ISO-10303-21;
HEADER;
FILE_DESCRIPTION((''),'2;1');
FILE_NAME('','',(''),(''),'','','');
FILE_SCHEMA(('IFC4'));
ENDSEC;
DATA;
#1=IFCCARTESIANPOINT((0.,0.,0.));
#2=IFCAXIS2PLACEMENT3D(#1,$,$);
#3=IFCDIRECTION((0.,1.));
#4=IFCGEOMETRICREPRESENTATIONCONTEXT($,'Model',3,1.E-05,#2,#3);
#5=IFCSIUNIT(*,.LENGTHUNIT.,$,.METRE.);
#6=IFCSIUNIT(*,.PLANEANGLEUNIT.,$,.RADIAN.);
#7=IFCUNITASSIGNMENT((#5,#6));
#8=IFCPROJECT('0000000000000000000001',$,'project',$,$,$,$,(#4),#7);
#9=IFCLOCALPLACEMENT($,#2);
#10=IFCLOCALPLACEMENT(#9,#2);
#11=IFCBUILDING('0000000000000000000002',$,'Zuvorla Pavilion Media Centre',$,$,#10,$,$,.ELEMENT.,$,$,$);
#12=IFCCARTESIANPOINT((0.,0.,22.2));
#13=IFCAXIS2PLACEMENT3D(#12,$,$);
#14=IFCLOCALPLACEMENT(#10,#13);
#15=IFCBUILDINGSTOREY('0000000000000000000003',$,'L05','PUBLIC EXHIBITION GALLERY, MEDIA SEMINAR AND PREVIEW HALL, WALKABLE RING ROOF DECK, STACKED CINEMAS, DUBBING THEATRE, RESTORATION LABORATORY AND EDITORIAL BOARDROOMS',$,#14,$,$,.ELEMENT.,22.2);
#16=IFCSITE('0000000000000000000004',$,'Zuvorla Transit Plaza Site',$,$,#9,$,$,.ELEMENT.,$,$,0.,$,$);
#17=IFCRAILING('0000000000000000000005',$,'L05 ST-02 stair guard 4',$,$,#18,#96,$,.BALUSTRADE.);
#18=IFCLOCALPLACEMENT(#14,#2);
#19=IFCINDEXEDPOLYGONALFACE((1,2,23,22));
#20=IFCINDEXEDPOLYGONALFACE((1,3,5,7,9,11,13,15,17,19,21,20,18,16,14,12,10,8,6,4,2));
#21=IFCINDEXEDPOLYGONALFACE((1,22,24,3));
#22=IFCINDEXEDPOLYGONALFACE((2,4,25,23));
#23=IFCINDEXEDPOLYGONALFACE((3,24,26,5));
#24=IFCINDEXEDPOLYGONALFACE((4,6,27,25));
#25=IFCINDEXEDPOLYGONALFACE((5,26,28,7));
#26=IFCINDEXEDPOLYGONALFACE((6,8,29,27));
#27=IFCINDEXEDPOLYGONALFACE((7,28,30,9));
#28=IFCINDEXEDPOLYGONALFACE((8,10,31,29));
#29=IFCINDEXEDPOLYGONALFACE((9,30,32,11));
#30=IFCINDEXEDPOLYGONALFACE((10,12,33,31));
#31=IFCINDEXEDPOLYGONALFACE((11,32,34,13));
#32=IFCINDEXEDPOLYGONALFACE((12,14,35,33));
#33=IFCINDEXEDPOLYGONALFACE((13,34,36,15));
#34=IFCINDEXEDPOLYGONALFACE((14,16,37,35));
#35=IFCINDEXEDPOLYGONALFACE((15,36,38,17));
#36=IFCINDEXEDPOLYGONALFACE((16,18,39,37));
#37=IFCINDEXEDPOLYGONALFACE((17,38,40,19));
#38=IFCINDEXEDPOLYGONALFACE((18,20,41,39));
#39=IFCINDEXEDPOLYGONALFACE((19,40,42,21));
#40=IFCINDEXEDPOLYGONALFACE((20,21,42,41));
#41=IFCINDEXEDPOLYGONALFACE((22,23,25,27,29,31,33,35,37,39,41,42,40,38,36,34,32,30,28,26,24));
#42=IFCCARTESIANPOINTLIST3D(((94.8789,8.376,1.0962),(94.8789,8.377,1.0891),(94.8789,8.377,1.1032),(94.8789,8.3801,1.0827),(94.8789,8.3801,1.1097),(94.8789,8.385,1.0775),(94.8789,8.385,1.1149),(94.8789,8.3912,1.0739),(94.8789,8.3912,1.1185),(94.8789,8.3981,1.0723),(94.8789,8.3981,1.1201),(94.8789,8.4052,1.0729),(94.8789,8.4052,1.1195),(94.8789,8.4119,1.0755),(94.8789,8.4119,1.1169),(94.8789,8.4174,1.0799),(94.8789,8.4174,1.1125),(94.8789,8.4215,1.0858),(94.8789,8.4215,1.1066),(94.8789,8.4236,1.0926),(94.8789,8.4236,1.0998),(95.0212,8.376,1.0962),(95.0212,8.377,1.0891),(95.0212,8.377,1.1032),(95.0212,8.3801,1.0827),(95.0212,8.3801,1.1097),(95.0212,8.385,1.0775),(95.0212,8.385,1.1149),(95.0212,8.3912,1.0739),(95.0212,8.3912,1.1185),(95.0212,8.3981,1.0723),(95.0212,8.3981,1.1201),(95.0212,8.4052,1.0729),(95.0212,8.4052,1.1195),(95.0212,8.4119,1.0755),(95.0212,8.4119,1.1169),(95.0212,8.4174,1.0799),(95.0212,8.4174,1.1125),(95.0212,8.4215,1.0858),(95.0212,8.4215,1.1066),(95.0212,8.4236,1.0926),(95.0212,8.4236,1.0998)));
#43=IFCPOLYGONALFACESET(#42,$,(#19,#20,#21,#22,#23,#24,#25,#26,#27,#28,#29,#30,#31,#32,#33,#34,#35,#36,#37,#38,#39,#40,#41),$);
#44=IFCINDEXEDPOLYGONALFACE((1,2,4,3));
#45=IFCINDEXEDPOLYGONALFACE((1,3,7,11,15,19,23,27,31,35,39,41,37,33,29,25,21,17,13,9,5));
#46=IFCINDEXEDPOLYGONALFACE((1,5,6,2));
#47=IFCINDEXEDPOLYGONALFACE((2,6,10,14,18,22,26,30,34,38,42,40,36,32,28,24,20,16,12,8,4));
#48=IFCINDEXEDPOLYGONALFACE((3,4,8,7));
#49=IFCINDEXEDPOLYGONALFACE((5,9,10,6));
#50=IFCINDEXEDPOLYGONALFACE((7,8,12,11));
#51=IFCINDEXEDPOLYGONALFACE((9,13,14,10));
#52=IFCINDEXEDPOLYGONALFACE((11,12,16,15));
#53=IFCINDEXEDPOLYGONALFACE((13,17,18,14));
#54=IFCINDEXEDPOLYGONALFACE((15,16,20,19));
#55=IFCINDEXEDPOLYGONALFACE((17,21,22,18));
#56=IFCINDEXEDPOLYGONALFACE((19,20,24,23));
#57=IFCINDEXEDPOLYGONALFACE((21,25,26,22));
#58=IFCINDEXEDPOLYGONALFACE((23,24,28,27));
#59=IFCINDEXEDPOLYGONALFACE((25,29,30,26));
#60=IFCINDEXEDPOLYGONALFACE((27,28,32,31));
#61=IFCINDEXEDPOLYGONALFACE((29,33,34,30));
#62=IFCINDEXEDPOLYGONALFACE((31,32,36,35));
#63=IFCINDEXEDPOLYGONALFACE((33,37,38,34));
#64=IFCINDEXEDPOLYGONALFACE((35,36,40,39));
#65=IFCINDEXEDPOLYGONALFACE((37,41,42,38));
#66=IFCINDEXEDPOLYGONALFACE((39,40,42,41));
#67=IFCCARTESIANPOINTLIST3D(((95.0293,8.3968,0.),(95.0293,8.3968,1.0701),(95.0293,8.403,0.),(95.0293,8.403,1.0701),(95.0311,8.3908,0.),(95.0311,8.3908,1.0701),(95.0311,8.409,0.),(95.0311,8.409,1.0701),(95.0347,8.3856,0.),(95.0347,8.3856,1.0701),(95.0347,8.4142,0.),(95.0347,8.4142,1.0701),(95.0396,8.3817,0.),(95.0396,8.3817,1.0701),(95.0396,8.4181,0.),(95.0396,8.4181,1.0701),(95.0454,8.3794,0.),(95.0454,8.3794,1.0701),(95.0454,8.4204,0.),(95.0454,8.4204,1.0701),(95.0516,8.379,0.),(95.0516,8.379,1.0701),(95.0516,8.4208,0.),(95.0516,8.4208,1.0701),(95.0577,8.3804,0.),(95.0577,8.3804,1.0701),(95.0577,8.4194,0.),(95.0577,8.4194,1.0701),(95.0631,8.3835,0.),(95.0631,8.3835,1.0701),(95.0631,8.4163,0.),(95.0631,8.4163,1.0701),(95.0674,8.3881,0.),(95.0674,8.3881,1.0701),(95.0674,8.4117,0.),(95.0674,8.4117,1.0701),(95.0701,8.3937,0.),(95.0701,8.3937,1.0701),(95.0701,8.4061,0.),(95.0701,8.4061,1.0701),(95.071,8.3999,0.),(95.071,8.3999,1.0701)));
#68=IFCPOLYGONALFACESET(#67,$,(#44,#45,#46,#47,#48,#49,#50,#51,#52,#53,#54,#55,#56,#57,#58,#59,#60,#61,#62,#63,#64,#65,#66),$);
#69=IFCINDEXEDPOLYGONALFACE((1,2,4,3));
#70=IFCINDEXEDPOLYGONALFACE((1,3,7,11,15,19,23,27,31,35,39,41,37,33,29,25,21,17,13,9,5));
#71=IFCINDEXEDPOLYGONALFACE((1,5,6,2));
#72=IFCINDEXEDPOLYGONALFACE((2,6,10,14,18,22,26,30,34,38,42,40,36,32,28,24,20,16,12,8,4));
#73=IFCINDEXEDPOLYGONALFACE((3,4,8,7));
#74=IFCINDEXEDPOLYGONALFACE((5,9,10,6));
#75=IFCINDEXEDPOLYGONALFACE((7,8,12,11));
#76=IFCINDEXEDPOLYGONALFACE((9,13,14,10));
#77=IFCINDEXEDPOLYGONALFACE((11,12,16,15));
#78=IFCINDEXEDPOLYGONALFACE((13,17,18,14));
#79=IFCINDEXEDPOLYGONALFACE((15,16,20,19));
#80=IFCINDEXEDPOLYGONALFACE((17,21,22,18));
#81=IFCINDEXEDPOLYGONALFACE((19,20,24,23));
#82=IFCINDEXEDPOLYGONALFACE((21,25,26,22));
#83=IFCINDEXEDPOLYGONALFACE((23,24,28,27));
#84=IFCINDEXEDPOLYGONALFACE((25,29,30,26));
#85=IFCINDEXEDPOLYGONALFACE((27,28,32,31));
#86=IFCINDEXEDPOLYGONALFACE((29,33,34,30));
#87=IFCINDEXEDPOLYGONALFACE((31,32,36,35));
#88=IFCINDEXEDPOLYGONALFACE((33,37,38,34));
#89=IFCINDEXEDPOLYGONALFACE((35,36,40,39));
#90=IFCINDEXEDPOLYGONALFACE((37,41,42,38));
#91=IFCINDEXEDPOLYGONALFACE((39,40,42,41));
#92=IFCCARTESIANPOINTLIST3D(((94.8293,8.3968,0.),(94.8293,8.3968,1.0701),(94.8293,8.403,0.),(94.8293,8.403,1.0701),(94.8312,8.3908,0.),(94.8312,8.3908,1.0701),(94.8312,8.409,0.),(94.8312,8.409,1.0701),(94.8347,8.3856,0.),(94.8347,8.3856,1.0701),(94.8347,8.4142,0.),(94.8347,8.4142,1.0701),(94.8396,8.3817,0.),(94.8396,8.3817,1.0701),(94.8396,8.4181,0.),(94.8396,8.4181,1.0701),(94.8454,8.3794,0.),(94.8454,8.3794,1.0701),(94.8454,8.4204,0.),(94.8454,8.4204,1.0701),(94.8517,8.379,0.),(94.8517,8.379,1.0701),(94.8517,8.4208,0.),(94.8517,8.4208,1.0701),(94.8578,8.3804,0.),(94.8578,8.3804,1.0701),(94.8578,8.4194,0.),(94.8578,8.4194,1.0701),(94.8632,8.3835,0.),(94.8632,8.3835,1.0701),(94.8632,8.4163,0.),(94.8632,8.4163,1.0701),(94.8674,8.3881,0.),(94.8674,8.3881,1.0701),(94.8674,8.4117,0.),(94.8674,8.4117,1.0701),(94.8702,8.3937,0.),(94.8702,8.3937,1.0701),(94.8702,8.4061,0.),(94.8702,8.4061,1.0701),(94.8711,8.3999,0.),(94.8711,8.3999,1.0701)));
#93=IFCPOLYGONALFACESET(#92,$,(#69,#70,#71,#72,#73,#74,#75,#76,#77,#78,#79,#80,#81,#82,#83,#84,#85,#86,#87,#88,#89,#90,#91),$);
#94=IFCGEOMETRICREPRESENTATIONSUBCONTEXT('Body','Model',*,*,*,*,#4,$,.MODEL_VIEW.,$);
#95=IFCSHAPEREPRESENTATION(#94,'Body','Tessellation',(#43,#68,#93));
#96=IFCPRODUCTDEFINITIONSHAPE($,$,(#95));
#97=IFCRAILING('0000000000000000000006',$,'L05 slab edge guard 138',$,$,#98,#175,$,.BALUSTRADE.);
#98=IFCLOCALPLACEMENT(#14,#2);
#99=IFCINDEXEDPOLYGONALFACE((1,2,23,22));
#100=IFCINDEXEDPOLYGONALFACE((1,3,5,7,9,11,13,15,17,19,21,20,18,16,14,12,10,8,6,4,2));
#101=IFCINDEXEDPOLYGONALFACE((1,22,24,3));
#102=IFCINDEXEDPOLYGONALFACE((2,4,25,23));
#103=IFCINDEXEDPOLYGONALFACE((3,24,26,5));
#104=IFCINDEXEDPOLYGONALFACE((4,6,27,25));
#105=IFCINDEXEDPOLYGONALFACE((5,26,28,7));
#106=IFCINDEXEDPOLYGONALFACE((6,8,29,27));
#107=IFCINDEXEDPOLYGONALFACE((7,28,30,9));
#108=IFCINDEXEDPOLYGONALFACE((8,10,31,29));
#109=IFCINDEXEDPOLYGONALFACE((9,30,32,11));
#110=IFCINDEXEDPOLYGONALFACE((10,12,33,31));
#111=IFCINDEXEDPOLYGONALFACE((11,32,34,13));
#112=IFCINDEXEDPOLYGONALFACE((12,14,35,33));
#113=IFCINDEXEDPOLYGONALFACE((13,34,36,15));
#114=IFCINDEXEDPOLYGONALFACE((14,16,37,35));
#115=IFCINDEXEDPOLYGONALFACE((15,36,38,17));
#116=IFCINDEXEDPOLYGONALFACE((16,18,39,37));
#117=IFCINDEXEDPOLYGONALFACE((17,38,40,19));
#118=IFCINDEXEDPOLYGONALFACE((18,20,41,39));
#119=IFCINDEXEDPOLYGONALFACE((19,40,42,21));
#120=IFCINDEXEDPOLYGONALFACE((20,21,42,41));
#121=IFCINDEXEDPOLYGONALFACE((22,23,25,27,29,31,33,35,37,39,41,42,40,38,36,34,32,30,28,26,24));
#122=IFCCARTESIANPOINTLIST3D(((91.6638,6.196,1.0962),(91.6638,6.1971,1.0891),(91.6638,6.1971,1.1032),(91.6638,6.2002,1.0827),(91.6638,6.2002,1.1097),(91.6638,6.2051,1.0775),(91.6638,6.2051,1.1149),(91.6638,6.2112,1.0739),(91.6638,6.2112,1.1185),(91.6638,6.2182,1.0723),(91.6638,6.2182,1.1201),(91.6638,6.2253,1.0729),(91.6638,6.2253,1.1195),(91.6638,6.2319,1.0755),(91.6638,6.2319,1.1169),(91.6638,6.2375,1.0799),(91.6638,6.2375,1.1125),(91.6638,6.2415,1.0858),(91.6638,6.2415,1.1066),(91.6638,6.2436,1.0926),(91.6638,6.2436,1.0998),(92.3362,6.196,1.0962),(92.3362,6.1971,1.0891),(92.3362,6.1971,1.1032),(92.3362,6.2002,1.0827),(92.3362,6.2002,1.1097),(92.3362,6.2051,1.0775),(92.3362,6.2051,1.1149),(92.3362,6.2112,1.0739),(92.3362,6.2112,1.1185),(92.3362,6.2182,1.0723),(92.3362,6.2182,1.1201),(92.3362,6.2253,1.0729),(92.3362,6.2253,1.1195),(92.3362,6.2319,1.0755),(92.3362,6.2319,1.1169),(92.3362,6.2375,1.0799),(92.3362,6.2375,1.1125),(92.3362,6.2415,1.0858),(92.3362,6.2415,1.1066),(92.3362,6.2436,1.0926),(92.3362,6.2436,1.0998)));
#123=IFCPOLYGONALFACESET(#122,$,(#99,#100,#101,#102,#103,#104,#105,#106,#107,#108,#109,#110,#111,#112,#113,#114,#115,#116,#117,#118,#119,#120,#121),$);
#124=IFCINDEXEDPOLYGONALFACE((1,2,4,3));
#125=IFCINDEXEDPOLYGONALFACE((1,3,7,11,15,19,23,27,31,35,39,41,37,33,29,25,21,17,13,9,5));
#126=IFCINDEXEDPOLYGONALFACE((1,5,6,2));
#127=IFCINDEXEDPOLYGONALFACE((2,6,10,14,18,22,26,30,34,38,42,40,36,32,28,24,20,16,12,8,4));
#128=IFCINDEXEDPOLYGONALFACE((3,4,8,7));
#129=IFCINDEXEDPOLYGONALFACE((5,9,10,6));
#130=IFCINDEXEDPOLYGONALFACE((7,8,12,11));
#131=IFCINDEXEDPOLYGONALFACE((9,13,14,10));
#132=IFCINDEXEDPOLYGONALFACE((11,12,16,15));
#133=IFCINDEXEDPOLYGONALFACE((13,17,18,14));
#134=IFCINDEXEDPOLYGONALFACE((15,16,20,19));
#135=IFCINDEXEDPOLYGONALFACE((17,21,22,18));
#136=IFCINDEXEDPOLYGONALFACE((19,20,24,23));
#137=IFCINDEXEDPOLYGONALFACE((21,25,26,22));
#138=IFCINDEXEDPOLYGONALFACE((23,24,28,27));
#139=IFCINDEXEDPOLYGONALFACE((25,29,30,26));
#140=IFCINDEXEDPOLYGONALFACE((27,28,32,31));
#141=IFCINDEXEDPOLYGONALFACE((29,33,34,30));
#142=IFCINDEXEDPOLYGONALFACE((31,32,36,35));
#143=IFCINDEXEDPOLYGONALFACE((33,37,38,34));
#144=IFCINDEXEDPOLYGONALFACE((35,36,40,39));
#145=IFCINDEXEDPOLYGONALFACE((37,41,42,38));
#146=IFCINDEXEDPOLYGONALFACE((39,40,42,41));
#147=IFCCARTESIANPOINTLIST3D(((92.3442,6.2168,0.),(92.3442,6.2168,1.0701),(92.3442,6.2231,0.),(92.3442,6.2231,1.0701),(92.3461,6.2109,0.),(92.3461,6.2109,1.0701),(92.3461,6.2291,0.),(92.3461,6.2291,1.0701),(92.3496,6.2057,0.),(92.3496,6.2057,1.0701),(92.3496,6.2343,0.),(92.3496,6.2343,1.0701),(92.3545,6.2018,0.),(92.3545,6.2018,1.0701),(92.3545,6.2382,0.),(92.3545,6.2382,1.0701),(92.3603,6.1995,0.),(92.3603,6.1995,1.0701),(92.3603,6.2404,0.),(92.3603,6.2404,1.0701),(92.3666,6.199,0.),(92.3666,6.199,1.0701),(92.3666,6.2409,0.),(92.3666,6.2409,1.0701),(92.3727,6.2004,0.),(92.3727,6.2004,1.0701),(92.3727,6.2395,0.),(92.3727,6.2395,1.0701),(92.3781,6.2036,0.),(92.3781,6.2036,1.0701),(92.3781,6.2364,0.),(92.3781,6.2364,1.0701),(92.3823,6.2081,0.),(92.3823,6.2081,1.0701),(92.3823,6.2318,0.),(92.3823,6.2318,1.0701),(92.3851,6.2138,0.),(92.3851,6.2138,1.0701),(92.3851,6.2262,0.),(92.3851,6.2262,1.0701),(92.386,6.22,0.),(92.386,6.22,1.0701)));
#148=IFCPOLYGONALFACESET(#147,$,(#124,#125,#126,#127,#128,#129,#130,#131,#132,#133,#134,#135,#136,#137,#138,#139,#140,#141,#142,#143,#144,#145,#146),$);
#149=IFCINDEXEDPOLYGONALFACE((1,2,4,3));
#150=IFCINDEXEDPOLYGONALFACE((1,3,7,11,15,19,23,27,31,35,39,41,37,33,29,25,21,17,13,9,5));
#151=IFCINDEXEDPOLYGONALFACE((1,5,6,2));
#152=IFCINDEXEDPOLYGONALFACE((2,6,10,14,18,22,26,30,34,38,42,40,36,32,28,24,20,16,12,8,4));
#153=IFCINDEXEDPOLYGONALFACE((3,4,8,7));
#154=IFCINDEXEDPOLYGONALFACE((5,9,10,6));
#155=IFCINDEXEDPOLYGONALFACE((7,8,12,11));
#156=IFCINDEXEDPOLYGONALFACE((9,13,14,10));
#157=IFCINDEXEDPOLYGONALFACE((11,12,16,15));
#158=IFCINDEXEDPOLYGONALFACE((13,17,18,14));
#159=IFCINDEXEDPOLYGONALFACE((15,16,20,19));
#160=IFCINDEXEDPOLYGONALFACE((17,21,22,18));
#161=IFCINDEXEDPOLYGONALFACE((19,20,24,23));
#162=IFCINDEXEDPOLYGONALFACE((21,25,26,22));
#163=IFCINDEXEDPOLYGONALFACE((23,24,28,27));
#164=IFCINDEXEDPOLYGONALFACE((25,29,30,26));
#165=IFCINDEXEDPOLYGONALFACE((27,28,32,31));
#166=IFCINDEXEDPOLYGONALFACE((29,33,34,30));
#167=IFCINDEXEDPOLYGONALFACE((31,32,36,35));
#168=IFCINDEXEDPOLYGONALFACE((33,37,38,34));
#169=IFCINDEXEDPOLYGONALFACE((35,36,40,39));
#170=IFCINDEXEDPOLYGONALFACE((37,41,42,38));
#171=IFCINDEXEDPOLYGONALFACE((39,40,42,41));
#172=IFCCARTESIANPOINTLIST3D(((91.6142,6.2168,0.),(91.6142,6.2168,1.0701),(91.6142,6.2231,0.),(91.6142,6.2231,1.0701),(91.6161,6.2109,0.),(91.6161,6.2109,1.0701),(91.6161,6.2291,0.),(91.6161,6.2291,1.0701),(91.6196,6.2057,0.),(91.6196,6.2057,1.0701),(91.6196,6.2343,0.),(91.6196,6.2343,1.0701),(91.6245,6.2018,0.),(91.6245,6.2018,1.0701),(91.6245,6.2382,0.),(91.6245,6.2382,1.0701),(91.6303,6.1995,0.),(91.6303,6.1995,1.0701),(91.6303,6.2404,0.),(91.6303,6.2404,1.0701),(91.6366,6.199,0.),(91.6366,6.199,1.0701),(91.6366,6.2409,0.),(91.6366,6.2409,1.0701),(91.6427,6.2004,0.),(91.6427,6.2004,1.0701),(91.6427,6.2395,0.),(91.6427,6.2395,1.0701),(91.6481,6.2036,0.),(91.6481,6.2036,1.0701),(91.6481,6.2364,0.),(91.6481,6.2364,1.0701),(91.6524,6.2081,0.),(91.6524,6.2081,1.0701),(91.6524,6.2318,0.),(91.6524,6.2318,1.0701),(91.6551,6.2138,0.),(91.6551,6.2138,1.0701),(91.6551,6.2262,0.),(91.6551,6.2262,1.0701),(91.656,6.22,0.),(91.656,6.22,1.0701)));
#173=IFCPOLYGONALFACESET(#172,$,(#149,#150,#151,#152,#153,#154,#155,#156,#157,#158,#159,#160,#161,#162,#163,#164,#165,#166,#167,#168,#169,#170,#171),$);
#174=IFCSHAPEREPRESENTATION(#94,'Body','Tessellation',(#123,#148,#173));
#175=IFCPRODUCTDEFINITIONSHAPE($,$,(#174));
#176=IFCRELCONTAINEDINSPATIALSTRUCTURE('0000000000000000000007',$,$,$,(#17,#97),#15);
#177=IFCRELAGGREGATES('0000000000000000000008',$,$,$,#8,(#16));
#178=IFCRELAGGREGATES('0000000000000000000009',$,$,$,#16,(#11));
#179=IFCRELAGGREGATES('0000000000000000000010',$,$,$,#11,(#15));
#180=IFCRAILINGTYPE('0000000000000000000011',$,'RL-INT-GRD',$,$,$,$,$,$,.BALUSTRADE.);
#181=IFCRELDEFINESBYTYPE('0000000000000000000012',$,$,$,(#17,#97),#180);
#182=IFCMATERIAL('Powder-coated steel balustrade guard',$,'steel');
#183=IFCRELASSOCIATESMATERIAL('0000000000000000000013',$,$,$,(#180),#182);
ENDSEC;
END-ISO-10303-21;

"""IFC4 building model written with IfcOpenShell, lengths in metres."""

from ifc_helpers import new_model, si_unit, direction, frame, origin, origin_2d, place, context, subcontext, project, spatial, circle, extrude, material, type_object, element, save


model = new_model("IFC4")

# Units and contexts
model_context = context("Model", 3, precision=1e-05, world=origin(), true_north=direction((0.0, 1.0)))
body_context = subcontext(model_context, "Body", "Model", "MODEL_VIEW")
ifc_project = project(units=[si_unit("LENGTHUNIT", "METRE"), si_unit("PLANEANGLEUNIT", "RADIAN")], contexts=[model_context])

# Site, building, storey
site_placement = place(None, origin())
site = spatial("IfcSite", under=ifc_project, at=site_placement, Name="Zuvorla Transit Plaza Site", CompositionType="ELEMENT", RefElevation=0.0)
building_placement = place(site_placement, origin())
building = spatial("IfcBuilding", under=site, at=building_placement, Name="Zuvorla Pavilion Media Centre", CompositionType="ELEMENT")
storey_placement = place(building_placement, frame((0.0, 0.0, 22.2)))
storey = spatial("IfcBuildingStorey", under=building, at=storey_placement, Name="L05", Description="PUBLIC EXHIBITION GALLERY, MEDIA SEMINAR AND PREVIEW HALL, WALKABLE RING ROOF DECK, STACKED CINEMAS, DUBBING THEATRE, RESTORATION LABORATORY AND EDITORIAL BOARDROOMS", CompositionType="ELEMENT", Elevation=22.2)

# Railings
ifc_material_1 = material(Name="Powder-coated steel balustrade guard", Category="steel")
railing_type_1 = type_object("IfcRailingType", Name="RL-INT-GRD", PredefinedType="BALUSTRADE", material=ifc_material_1)
railing_1_placement = place(storey_placement, frame((95.05, 8.3999, 0.0)))
element("IfcRailing", 1, at=railing_1_placement, inside=storey, type_object=railing_type_1, Name="L05 ST-02 stair guard 4", PredefinedType="BALUSTRADE", context=body_context, shape_type="SweptSolid", body=[
    extrude(circle(Radius=0.0239, at=origin_2d()), frame((-0.0288, 0.0, 1.0962), z_axis=(-1.0, 0.0, 0.0), x_axis=(0.0, -1.0, 0.0)), (0.0, 0.0, 1.0), 0.1423),
    extrude(circle(Radius=0.021, at=origin_2d()), origin(), (0.0, 0.0, 1.0), 1.0701),
    extrude(circle(Radius=0.021, at=origin_2d()), frame((-0.2, 0.0, 0.0)), (0.0, 0.0, 1.0), 1.0701),
])
for number, where, name in (
    (2, (92.365, 6.22, 0.0), "L05 slab edge guard 138"),
):
    element("IfcRailing", number, at=place(storey_placement, frame(where)), inside=storey, type_object=railing_type_1, Name=name, PredefinedType="BALUSTRADE", context=body_context, shape_type="SweptSolid", body=[
        extrude(circle(Radius=0.0239, at=origin_2d()), frame((-0.0288, 0.0, 1.0962), z_axis=(-1.0, 0.0, 0.0), x_axis=(0.0, -1.0, 0.0)), (0.0, 0.0, 1.0), 0.6724),
        extrude(circle(Radius=0.021, at=origin_2d()), origin(), (0.0, 0.0, 1.0), 1.0701),
        extrude(circle(Radius=0.021, at=origin_2d()), frame((-0.73, 0.0, 0.0)), (0.0, 0.0, 1.0), 1.0701),
    ])

save(model, "model.ifc")
